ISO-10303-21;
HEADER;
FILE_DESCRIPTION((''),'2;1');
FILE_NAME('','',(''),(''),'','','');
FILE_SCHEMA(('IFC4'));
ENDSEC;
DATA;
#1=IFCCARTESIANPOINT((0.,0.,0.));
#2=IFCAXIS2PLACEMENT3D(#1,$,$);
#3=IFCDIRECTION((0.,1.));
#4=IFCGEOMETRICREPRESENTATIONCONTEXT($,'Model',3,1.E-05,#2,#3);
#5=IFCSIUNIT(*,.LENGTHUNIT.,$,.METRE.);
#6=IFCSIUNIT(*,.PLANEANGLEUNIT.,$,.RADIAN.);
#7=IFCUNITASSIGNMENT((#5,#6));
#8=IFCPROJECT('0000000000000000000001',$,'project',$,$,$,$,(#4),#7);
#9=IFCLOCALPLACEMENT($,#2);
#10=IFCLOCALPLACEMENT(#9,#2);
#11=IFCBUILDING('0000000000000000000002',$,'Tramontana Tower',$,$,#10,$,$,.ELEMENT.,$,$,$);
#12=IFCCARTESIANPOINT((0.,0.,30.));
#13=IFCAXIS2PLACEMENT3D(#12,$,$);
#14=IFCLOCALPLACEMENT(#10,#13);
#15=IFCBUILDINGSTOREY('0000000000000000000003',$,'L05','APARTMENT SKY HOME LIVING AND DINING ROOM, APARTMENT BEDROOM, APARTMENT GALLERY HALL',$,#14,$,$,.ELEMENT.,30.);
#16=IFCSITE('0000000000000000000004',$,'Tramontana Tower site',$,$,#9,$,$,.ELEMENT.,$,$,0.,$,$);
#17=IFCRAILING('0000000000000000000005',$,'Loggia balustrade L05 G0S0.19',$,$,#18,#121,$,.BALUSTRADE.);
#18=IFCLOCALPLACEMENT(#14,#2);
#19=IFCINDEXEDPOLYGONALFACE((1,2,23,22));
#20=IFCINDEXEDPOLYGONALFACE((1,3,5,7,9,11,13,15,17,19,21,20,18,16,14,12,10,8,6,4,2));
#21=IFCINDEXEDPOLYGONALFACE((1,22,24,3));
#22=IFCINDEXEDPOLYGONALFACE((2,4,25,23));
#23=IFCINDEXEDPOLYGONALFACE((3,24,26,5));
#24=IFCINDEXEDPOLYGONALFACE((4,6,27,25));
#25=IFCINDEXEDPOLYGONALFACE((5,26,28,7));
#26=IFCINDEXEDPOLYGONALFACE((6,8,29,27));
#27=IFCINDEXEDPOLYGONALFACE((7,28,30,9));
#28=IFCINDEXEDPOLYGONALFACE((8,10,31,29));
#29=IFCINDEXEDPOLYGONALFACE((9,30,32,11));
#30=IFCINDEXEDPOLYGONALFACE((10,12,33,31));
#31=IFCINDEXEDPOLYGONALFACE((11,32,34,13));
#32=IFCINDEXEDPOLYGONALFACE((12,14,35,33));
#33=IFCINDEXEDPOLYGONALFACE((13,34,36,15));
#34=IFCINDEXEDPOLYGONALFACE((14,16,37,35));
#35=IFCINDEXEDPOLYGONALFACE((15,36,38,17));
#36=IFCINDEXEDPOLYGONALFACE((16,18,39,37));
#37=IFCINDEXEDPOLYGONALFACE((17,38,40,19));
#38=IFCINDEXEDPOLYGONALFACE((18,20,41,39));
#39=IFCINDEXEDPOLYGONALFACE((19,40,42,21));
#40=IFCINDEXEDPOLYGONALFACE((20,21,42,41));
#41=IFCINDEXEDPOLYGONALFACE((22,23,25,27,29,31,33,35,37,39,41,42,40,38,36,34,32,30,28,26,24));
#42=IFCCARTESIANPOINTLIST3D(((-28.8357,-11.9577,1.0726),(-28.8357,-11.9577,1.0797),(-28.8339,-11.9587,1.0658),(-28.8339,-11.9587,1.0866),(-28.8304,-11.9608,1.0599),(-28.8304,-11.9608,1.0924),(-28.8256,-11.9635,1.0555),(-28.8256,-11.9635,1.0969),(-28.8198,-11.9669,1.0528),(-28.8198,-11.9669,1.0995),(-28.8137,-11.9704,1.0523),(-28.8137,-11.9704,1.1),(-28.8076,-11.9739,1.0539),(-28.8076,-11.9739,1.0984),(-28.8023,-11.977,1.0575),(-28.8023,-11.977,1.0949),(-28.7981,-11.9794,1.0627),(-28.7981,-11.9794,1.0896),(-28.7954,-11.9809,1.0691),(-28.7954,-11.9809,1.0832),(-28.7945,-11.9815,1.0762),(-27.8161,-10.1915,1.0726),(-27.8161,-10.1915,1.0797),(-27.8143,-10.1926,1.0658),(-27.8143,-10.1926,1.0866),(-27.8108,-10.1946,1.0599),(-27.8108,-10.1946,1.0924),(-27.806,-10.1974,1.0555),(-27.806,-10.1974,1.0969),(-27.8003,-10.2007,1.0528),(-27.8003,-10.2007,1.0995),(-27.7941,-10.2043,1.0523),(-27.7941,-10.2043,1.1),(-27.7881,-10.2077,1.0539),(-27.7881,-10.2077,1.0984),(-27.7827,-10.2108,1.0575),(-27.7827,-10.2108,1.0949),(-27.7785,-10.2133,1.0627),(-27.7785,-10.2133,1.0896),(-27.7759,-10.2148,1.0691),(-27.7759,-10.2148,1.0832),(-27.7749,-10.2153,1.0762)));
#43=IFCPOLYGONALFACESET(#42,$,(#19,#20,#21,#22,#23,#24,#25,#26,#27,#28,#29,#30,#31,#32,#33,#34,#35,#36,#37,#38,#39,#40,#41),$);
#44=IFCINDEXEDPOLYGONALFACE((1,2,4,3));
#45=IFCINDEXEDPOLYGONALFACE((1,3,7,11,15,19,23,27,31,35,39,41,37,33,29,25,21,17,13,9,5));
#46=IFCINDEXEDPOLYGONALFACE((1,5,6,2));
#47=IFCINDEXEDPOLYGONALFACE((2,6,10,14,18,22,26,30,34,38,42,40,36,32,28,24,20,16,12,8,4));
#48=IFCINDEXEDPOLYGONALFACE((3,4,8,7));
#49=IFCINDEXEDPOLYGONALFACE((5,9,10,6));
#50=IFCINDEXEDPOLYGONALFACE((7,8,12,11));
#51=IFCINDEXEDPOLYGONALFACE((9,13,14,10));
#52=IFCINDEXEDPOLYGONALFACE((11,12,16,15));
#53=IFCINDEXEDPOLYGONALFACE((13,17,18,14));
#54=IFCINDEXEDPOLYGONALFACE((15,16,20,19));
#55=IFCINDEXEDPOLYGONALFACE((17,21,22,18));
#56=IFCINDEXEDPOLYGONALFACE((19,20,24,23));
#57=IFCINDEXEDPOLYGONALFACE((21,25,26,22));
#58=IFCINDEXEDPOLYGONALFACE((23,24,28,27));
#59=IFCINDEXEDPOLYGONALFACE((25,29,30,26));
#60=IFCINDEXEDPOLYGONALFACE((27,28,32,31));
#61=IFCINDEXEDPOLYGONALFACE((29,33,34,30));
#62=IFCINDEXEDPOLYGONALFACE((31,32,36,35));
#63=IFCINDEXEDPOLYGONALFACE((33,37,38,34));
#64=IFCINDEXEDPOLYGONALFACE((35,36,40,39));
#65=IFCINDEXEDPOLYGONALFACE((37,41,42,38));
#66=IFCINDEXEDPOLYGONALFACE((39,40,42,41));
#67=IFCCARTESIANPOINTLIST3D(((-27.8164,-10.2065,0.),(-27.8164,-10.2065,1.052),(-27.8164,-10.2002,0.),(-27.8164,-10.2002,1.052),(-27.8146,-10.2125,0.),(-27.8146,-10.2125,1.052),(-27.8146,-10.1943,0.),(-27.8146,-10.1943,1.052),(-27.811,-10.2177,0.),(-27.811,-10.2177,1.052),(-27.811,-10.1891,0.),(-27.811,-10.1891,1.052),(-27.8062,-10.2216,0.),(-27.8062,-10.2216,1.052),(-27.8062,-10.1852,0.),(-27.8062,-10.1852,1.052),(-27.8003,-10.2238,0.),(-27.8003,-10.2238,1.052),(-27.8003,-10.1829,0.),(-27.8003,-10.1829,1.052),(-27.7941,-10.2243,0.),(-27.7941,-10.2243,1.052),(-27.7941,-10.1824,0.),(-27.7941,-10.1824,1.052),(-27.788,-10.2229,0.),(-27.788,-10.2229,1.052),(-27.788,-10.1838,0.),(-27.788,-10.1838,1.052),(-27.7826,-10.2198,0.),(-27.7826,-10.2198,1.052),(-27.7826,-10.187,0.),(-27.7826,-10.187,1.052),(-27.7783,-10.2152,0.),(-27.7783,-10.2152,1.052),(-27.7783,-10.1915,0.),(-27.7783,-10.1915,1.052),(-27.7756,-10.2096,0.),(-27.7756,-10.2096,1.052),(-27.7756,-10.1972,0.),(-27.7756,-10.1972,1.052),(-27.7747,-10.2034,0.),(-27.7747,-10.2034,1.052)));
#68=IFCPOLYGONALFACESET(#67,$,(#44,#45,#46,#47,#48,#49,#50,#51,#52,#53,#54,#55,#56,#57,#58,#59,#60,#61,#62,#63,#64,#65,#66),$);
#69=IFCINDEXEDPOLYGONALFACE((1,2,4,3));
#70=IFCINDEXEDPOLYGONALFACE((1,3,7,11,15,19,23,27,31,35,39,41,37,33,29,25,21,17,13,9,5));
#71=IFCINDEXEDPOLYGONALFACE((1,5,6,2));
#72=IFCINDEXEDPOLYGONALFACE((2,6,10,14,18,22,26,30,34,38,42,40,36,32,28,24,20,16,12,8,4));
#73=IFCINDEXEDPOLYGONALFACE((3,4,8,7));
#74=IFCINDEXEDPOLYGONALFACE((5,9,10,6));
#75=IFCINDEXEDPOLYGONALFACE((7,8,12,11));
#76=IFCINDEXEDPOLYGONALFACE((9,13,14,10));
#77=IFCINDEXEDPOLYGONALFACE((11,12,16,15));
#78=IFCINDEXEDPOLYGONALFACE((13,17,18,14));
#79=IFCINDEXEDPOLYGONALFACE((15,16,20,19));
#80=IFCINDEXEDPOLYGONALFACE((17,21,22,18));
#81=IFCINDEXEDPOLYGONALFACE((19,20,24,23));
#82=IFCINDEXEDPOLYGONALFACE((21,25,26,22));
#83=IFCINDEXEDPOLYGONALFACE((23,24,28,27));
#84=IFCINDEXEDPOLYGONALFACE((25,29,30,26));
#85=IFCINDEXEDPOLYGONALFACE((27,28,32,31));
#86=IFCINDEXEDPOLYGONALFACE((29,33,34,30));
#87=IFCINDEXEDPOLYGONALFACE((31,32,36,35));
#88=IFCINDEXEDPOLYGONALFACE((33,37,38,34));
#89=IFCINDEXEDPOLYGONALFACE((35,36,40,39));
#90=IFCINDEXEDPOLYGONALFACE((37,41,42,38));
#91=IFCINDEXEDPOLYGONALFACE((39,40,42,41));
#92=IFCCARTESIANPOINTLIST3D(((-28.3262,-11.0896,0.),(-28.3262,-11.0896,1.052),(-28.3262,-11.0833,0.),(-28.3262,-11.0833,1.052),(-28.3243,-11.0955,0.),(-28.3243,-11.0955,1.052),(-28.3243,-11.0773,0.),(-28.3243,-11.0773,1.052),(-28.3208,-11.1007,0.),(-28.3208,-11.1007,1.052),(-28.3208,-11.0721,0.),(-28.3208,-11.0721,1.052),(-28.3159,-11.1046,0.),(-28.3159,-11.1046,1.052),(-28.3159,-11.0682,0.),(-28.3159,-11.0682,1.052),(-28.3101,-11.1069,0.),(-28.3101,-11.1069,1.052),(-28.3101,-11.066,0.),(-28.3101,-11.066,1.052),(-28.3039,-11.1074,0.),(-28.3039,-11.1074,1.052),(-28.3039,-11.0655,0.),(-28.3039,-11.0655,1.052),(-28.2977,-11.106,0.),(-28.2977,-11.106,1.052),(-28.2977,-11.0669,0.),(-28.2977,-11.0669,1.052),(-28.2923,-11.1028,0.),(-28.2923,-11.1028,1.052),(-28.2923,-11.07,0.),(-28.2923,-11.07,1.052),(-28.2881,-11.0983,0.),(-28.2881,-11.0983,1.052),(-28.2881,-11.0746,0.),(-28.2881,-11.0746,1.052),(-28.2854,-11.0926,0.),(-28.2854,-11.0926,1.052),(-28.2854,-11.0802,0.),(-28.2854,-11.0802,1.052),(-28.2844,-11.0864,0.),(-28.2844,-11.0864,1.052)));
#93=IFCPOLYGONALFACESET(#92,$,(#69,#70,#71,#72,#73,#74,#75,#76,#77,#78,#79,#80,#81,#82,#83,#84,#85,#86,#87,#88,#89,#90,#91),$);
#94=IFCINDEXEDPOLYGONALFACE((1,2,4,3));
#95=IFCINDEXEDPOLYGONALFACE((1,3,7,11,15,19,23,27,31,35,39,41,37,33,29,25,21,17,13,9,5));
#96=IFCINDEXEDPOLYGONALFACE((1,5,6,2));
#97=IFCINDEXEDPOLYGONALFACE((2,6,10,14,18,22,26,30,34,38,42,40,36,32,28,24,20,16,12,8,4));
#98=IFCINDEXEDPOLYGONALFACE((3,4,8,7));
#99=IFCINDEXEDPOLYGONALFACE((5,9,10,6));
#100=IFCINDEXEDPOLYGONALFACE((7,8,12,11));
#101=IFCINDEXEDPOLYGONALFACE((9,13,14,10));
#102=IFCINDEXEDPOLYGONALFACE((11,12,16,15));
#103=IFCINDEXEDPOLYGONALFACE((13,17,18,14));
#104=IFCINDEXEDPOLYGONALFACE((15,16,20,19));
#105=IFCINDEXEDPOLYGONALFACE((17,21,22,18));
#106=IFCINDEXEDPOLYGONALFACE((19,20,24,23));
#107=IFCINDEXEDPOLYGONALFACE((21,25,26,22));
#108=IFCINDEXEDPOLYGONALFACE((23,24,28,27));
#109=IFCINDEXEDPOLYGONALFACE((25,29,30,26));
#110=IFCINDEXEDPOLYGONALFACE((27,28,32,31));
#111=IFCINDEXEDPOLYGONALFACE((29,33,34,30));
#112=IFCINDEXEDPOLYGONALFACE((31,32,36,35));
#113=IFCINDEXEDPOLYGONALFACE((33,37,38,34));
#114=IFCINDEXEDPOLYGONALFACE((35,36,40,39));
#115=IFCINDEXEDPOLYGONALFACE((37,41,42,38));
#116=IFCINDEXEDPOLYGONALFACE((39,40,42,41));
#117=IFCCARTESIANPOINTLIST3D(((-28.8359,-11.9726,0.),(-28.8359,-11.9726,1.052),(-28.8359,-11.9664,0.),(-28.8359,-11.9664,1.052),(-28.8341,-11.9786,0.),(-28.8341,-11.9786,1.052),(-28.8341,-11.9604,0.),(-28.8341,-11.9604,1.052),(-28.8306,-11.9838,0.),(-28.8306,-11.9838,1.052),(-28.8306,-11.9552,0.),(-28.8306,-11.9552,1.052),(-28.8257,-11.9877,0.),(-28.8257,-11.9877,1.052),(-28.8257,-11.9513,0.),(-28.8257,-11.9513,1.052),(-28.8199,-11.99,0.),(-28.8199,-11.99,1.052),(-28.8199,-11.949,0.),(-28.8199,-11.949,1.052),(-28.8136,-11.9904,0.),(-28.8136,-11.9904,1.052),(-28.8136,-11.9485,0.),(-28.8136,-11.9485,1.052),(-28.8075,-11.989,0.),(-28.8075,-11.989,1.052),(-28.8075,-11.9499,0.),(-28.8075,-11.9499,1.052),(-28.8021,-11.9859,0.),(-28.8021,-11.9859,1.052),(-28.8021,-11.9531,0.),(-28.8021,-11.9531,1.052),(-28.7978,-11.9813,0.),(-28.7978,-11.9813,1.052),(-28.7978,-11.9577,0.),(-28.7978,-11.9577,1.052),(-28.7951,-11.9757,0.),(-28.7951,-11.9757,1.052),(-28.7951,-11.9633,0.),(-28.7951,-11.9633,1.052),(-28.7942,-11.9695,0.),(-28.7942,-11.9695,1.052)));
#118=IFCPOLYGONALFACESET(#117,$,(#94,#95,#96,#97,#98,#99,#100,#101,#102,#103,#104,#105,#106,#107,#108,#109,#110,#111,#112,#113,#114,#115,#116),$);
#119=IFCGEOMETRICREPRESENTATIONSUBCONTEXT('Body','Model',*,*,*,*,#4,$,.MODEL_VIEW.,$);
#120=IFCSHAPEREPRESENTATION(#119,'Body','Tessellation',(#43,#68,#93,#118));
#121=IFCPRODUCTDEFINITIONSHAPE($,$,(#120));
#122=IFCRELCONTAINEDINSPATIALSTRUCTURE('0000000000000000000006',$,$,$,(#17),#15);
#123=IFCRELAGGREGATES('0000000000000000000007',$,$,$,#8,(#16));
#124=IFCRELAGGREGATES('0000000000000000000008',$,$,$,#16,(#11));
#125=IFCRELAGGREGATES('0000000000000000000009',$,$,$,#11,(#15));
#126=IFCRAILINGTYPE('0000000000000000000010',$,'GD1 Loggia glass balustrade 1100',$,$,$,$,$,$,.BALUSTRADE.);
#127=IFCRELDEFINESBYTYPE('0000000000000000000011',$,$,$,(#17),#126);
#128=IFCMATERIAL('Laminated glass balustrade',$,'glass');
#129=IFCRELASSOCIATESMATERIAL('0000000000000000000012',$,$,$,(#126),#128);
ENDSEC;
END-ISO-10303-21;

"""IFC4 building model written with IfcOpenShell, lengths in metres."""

from ifc_helpers import new_model, si_unit, direction, frame, origin, origin_2d, place, context, subcontext, project, spatial, circle, extrude, material, type_object, element, save


model = new_model("IFC4")

# Units and contexts
model_context = context("Model", 3, precision=1e-05, world=origin(), true_north=direction((0.0, 1.0)))
body_context = subcontext(model_context, "Body", "Model", "MODEL_VIEW")
ifc_project = project(units=[si_unit("LENGTHUNIT", "METRE"), si_unit("PLANEANGLEUNIT", "RADIAN")], contexts=[model_context])

# Site, building, storey
site_placement = place(None, origin())
site = spatial("IfcSite", under=ifc_project, at=site_placement, Name="Tramontana Tower site", CompositionType="ELEMENT", RefElevation=0.0)
building_placement = place(site_placement, origin())
building = spatial("IfcBuilding", under=site, at=building_placement, Name="Tramontana Tower", CompositionType="ELEMENT")
storey_placement = place(building_placement, frame((0.0, 0.0, 30.0)))
storey = spatial("IfcBuildingStorey", under=building, at=storey_placement, Name="L05", Description="APARTMENT SKY HOME LIVING AND DINING ROOM, APARTMENT BEDROOM, APARTMENT GALLERY HALL", CompositionType="ELEMENT", Elevation=30.0)

# Railing
ifc_material_1 = material(Name="Laminated glass balustrade", Category="glass")
railing_type = type_object("IfcRailingType", Name="GD1 Loggia glass balustrade 1100", PredefinedType="BALUSTRADE", material=ifc_material_1)
railing_1_placement = place(storey_placement, frame((-27.7957, -10.2034, 0.0)))
element("IfcRailing", 1, at=railing_1_placement, inside=storey, type_object=railing_type, Name="Loggia balustrade L05 G0S0.19", PredefinedType="BALUSTRADE", context=body_context, shape_type="SweptSolid", body=[
    extrude(circle(Radius=0.0239, at=origin_2d()), frame((0.0, 0.0, 1.0762), z_axis=(-0.49995, -0.866054, 0.0), x_axis=(0.866054, -0.49995, 0.0)), (0.0, 0.0, 1.0), 2.0393),
    extrude(circle(Radius=0.021, at=origin_2d()), origin(), (0.0, 0.0, 1.0), 1.052),
    extrude(circle(Radius=0.021, at=origin_2d()), frame((-0.5098, -0.8831, 0.0)), (0.0, 0.0, 1.0), 1.052),
    extrude(circle(Radius=0.021, at=origin_2d()), frame((-1.0195, -1.7661, 0.0)), (0.0, 0.0, 1.0), 1.052),
])

save(model, "model.ifc")
